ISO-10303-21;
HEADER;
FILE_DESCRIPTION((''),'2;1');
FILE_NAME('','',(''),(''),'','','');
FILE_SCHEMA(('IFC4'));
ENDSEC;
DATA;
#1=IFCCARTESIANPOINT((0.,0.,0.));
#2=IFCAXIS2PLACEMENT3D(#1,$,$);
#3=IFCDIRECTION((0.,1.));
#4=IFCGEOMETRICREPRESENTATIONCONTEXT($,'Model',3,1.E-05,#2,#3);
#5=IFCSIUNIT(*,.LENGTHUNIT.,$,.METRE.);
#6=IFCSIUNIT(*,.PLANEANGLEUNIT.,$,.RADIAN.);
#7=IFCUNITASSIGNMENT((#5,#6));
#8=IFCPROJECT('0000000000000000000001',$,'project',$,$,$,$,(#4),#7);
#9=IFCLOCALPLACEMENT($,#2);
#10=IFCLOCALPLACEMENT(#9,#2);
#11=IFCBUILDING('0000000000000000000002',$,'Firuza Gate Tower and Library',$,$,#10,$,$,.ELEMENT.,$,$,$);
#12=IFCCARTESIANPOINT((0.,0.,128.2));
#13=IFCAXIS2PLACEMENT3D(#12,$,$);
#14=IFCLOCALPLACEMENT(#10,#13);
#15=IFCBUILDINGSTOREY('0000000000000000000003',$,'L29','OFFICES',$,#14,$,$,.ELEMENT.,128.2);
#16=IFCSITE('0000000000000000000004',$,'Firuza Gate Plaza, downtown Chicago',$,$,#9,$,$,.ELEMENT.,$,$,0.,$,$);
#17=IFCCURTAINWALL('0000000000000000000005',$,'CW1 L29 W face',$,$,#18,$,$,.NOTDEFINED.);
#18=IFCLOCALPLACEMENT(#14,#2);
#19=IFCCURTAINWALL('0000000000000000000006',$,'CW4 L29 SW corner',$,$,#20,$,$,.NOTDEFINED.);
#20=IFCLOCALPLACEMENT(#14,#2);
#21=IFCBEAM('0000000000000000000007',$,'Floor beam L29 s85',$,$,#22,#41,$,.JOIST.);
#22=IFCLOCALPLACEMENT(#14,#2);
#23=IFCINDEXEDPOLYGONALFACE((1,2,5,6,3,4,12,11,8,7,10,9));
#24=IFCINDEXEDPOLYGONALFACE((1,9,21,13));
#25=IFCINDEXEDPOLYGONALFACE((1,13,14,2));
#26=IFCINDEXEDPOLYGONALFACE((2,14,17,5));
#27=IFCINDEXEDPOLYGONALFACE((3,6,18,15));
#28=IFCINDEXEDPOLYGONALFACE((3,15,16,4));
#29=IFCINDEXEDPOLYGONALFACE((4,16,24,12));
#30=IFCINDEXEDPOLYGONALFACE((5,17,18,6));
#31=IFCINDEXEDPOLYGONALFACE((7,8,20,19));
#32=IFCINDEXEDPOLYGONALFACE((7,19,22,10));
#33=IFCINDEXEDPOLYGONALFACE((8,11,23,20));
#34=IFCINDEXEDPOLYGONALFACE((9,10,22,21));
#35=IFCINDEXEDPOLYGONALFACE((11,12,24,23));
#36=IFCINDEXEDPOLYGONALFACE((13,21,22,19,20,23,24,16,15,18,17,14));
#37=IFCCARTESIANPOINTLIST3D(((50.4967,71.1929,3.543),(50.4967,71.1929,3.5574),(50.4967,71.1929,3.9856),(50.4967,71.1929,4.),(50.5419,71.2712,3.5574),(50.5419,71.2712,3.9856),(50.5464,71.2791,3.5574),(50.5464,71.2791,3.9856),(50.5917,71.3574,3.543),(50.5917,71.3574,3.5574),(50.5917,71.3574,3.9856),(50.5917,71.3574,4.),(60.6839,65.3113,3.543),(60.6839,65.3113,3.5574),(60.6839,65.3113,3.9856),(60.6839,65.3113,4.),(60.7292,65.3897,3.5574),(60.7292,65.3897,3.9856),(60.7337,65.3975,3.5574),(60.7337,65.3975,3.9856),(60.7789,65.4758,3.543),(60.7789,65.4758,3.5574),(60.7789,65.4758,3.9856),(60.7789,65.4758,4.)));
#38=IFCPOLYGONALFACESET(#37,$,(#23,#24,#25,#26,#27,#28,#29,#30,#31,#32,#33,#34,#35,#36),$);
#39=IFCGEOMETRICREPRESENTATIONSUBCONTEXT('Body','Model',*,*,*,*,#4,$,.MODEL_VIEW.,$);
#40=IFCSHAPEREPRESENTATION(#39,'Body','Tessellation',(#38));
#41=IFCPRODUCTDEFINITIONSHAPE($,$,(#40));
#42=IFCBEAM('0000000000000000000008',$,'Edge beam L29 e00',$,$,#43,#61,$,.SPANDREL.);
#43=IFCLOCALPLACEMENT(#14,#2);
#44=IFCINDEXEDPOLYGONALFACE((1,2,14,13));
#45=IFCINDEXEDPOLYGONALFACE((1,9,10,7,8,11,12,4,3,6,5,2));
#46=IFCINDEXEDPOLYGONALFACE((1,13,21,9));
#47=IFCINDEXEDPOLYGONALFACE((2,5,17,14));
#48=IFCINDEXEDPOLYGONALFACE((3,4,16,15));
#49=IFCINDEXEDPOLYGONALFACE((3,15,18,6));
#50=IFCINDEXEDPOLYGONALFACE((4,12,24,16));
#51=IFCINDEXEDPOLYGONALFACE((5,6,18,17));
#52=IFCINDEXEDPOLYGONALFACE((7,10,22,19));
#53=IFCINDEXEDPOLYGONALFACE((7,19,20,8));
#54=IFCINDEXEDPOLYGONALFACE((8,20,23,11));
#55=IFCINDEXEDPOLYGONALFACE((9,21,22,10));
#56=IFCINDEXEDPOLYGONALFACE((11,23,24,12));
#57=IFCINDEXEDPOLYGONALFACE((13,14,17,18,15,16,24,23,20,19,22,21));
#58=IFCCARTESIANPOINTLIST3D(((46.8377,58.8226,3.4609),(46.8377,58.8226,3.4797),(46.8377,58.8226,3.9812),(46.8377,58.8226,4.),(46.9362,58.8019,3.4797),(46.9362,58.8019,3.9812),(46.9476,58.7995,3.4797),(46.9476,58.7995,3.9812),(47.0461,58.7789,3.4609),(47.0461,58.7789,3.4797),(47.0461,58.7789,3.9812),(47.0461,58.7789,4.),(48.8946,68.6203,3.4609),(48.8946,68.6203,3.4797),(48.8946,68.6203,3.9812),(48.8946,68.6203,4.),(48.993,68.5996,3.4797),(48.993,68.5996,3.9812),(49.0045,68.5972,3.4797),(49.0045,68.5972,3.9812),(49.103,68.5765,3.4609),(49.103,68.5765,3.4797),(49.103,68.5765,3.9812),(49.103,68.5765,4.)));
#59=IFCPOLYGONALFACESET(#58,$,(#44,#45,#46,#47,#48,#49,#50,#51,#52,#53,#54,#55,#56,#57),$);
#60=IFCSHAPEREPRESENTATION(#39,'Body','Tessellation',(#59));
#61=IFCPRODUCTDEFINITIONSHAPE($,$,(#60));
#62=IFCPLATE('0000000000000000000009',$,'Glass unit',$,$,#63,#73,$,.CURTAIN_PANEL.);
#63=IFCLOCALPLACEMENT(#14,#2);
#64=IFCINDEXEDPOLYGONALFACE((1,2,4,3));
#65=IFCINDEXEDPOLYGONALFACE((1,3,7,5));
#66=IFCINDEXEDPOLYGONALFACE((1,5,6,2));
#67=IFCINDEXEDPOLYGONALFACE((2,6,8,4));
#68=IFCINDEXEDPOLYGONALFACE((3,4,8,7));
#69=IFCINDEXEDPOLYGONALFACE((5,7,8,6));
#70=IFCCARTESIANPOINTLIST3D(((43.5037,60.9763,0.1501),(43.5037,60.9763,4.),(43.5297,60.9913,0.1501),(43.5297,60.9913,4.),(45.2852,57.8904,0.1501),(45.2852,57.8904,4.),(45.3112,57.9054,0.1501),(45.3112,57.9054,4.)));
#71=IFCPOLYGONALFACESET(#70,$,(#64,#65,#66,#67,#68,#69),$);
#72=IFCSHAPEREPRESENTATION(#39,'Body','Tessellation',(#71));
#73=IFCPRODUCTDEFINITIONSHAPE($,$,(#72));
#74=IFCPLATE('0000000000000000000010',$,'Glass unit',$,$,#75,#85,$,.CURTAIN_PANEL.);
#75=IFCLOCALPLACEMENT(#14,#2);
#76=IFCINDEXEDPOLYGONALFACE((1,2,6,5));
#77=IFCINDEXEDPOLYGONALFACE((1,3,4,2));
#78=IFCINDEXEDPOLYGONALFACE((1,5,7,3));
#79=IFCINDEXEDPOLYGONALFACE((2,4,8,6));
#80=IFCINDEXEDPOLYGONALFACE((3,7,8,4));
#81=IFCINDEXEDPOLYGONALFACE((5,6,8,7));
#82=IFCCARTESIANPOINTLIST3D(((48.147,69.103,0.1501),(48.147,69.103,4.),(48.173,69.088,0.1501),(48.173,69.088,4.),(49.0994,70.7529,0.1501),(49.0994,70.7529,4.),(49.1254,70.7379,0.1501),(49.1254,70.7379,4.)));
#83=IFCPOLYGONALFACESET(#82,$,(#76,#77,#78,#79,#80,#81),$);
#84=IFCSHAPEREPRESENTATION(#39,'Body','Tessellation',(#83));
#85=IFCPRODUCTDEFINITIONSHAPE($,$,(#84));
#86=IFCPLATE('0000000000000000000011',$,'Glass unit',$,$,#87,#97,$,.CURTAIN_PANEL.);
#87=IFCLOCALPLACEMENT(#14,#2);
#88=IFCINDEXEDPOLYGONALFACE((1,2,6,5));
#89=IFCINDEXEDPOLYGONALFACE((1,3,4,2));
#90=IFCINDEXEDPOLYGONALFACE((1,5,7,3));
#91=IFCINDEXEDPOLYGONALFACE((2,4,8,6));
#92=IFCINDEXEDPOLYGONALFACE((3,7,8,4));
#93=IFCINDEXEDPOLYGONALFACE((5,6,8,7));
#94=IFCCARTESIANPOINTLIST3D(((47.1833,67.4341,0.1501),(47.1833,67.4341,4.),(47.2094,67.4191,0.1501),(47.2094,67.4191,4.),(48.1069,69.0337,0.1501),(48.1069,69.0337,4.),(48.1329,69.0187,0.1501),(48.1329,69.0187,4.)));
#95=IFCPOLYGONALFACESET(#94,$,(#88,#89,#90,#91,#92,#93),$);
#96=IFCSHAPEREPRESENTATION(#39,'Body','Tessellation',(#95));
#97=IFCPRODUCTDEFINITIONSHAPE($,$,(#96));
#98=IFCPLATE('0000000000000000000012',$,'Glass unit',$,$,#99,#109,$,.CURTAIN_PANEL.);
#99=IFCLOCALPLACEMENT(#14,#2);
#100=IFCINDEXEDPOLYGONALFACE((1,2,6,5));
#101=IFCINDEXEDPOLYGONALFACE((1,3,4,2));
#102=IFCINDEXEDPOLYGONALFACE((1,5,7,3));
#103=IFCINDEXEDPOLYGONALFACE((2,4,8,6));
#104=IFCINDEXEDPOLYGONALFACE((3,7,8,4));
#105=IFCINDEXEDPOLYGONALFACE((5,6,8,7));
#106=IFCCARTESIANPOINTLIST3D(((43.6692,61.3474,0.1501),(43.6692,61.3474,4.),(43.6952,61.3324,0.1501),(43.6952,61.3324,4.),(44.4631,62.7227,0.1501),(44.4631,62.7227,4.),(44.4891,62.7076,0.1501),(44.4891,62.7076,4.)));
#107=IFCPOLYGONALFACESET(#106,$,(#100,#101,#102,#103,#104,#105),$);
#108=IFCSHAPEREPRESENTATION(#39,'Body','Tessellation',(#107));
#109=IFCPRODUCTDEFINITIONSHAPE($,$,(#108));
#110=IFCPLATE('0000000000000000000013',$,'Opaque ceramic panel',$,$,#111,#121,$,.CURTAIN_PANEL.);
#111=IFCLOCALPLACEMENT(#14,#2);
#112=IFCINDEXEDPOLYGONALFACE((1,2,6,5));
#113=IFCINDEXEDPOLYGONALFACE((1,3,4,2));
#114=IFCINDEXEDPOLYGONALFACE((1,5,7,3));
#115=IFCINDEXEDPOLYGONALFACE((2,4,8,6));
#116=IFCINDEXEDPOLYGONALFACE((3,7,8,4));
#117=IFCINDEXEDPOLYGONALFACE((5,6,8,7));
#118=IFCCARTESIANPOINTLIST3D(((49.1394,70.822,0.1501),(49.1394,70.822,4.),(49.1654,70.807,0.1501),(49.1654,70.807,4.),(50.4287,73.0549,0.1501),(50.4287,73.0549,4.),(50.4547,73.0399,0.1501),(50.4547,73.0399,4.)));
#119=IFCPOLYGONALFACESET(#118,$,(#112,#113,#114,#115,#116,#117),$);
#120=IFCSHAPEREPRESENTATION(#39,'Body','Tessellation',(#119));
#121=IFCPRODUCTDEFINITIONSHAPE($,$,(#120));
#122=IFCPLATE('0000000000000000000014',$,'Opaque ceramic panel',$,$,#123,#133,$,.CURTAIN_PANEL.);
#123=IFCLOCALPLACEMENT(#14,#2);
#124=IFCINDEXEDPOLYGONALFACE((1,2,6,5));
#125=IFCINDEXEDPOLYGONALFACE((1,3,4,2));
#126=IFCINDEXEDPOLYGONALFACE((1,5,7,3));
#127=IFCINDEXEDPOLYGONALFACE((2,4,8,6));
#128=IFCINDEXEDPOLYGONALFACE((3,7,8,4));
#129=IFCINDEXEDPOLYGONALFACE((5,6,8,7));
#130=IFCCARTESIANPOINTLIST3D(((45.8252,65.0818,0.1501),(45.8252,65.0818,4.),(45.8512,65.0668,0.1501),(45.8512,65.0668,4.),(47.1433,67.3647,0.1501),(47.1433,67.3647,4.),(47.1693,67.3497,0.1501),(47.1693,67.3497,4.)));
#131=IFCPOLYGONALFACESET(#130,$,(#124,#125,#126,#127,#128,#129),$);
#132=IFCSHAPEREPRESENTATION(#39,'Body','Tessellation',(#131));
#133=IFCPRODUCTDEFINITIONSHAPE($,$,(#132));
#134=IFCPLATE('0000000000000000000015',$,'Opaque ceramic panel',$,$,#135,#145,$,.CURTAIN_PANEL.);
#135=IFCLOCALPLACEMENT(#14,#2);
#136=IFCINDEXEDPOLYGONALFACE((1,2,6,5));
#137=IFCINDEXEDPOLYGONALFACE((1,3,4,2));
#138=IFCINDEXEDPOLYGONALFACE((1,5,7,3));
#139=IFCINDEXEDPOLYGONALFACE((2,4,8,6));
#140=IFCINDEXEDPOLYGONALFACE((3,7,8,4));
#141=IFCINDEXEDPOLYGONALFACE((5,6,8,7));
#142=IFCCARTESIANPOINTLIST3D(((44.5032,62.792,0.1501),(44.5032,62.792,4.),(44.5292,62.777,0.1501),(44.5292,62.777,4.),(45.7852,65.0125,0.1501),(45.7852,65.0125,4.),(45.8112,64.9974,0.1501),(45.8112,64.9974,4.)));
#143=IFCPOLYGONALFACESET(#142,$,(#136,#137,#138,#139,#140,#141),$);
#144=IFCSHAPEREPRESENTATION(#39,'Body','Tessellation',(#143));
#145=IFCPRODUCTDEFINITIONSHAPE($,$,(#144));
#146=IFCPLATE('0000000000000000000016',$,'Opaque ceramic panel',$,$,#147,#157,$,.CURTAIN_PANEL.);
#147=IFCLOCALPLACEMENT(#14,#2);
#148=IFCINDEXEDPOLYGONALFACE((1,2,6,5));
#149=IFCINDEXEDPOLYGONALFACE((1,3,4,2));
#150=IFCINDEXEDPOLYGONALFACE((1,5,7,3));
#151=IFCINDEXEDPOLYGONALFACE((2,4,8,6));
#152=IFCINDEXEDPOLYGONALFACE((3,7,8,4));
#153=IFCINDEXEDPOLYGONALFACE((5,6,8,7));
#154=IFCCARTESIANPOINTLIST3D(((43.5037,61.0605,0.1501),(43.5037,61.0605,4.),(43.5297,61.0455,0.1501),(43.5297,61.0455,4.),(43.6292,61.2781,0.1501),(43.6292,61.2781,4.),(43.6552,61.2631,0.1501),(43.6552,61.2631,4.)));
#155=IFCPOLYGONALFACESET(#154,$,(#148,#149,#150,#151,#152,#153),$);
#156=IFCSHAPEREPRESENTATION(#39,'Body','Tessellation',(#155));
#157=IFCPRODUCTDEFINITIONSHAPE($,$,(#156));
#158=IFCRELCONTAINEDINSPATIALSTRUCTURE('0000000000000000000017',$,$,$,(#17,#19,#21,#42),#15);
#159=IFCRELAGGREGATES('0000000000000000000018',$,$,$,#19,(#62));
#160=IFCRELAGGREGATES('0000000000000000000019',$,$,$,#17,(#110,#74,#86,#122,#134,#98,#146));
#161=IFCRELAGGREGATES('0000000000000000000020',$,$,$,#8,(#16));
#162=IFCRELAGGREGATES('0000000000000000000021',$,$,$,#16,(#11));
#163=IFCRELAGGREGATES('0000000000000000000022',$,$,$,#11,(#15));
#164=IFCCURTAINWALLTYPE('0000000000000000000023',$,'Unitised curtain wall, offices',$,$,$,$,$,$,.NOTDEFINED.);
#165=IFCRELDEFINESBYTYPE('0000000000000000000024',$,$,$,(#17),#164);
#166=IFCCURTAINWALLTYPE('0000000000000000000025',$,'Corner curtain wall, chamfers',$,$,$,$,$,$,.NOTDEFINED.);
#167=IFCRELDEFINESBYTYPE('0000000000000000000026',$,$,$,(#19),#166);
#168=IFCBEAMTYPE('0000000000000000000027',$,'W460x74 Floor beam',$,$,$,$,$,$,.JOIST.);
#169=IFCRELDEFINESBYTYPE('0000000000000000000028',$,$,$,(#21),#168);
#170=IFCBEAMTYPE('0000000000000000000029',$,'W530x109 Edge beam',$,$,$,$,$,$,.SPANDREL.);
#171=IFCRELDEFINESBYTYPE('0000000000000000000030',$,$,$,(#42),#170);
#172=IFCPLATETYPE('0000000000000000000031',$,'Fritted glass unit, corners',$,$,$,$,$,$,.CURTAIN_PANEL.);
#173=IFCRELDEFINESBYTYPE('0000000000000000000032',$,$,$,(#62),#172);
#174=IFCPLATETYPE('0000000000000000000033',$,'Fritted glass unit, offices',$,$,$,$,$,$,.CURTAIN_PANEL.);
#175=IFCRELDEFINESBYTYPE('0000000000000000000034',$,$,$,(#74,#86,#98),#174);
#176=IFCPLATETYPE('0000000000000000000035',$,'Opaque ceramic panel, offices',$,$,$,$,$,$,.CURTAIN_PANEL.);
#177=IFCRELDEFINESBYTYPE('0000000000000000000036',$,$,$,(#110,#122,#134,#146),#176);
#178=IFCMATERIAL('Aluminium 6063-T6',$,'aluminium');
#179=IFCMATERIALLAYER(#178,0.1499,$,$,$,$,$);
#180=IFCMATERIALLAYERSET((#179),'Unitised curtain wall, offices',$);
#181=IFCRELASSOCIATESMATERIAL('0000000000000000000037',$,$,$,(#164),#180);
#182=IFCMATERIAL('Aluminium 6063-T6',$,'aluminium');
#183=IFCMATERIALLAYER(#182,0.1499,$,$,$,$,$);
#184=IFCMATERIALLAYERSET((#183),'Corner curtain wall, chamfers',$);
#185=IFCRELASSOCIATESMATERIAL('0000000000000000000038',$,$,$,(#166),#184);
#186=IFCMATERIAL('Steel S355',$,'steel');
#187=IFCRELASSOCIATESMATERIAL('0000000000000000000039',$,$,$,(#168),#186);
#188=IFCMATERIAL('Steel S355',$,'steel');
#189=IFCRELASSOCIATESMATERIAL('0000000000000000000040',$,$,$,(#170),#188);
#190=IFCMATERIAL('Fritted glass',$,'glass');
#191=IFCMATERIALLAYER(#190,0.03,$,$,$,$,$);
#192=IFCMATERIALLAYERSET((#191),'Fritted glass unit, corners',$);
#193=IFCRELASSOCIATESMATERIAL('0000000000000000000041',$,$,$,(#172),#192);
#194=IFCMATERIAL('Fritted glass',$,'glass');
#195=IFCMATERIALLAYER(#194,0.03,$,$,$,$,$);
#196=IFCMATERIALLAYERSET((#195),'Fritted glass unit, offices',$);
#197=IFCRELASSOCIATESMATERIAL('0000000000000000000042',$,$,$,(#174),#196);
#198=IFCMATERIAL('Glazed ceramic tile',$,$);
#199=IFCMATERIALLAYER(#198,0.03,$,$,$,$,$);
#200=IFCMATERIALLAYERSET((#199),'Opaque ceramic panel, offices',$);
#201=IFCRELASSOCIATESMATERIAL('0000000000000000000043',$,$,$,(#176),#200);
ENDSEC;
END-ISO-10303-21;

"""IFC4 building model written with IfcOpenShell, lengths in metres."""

from ifc_helpers import new_model, si_unit, direction, frame, origin, origin_2d, place, context, subcontext, project, spatial, polyline, i_section, outline, extrude, material, layer, layer_set, material_profile, profile_set, type_object, element, aggregate, save


model = new_model("IFC4")

# Units and contexts
model_context = context("Model", 3, precision=1e-05, world=origin(), true_north=direction((0.0, 1.0)))
body_context = subcontext(model_context, "Body", "Model", "MODEL_VIEW")
ifc_project = project(units=[si_unit("LENGTHUNIT", "METRE"), si_unit("PLANEANGLEUNIT", "RADIAN")], contexts=[model_context])

# Site, building, storey
site_placement = place(None, origin())
site = spatial("IfcSite", under=ifc_project, at=site_placement, Name="Firuza Gate Plaza, downtown Chicago", CompositionType="ELEMENT", RefElevation=0.0)
building_placement = place(site_placement, origin())
building = spatial("IfcBuilding", under=site, at=building_placement, Name="Firuza Gate Tower and Library", CompositionType="ELEMENT")
storey_placement = place(building_placement, frame((0.0, 0.0, 128.2)))
storey = spatial("IfcBuildingStorey", under=building, at=storey_placement, Name="L29", Description="OFFICES", CompositionType="ELEMENT", Elevation=128.2)

# Curtain walls
ifc_material_1 = material(Name="Aluminium 6063-T6", Category="aluminium")
ifc_layer_1 = layer(ifc_material_1, 0.1499)
ifc_layer_set_1 = layer_set([ifc_layer_1], Name="Unitised curtain wall, offices")
curtain_wall_type_1 = type_object("IfcCurtainWallType", Name="Unitised curtain wall, offices", PredefinedType="NOTDEFINED", material=ifc_layer_set_1)
placement = place(storey_placement, origin())
curtain_wall_1 = element("IfcCurtainWall", 1, at=placement, inside=storey, type_object=curtain_wall_type_1, Name="CW1 L29 W face", PredefinedType="NOTDEFINED")
ifc_material_2 = material(Name="Aluminium 6063-T6", Category="aluminium")
ifc_layer_2 = layer(ifc_material_2, 0.1499)
ifc_layer_set_2 = layer_set([ifc_layer_2], Name="Corner curtain wall, chamfers")
curtain_wall_type_2 = type_object("IfcCurtainWallType", Name="Corner curtain wall, chamfers", PredefinedType="NOTDEFINED", material=ifc_layer_set_2)
curtain_wall_2 = element("IfcCurtainWall", 2, at=placement, inside=storey, type_object=curtain_wall_type_2, Name="CW4 L29 SW corner", PredefinedType="NOTDEFINED")

# Beams
ifc_material_3 = material(Name="Steel S355", Category="steel")
ifc_material_profile_1 = material_profile(ifc_material_3, i_section(OverallWidth=0.1899, OverallDepth=0.457, WebThickness=0.009, FlangeThickness=0.0144, at=origin_2d()))
ifc_profile_set_1 = profile_set([ifc_material_profile_1], Name="Steel S355")
beam_type_1 = type_object("IfcBeamType", Name="W460x74 Floor beam", PredefinedType="JOIST", material=ifc_profile_set_1)
beam_1_placement = place(storey_placement, frame((50.5442, 71.2751, 3.7715), z_axis=(0.866026, -0.499999, 0.0), x_axis=(0.499999, 0.866026, 0.0)))
element("IfcBeam", 3, at=beam_1_placement, inside=storey, type_object=beam_type_1, Name="Floor beam L29 s85", PredefinedType="JOIST", context=body_context, shape_type="SweptSolid", body=[
    extrude(i_section(OverallWidth=0.1899, OverallDepth=0.457, WebThickness=0.009, FlangeThickness=0.0144, at=origin_2d()), origin(), (0.0, 0.0, 1.0), 11.7632),
])
ifc_material_4 = material(Name="Steel S355", Category="steel")
ifc_material_profile_2 = material_profile(ifc_material_4, i_section(OverallWidth=0.2129, OverallDepth=0.5391, WebThickness=0.0117, FlangeThickness=0.0188, at=origin_2d()))
ifc_profile_set_2 = profile_set([ifc_material_profile_2], Name="Steel S355")
beam_type_2 = type_object("IfcBeamType", Name="W530x109 Edge beam", PredefinedType="SPANDREL", material=ifc_profile_set_2)
beam_2_placement = place(storey_placement, frame((48.9988, 68.5984, 3.7305), z_axis=(-0.205459, -0.978666, 0.0), x_axis=(0.978666, -0.205459, 0.0)))
element("IfcBeam", 4, at=beam_2_placement, inside=storey, type_object=beam_type_2, Name="Edge beam L29 e00", PredefinedType="SPANDREL", context=body_context, shape_type="SweptSolid", body=[
    extrude(i_section(OverallWidth=0.2129, OverallDepth=0.5391, WebThickness=0.0117, FlangeThickness=0.0188, at=origin_2d()), origin(), (0.0, 0.0, 1.0), 10.0112),
])

# Plates
ifc_material_5 = material(Name="Fritted glass", Category="glass")
ifc_layer_3 = layer(ifc_material_5, 0.03)
ifc_layer_set_3 = layer_set([ifc_layer_3], Name="Fritted glass unit, corners")
plate_type_1 = type_object("IfcPlateType", Name="Fritted glass unit, corners", PredefinedType="CURTAIN_PANEL", material=ifc_layer_set_3)
plate_1_placement = place(storey_placement, frame((43.5037, 60.9763, 0.1501), z_axis=(-0.866046, -0.499964, 0.0), x_axis=(0.499964, -0.866046, 0.0)))
plate_1 = element("IfcPlate", 5, at=plate_1_placement, type_object=plate_type_1, Name="Glass unit", PredefinedType="CURTAIN_PANEL", context=body_context, shape_type="SweptSolid", body=[
    extrude(outline(polyline([(0.0, 0.0), (3.5632, 0.0), (3.5632, 3.8499), (0.0, 3.8499), (0.0, 0.0)])), origin(), (0.0, 0.0, -1.0), 0.03),
])
aggregate(curtain_wall_2, [plate_1])
ifc_material_6 = material(Name="Fritted glass", Category="glass")
ifc_layer_4 = layer(ifc_material_6, 0.03)
ifc_layer_set_4 = layer_set([ifc_layer_4], Name="Fritted glass unit, offices")
plate_type_2 = type_object("IfcPlateType", Name="Fritted glass unit, offices", PredefinedType="CURTAIN_PANEL", material=ifc_layer_set_4)
plate_2_placement = place(storey_placement, frame((49.0994, 70.7529, 0.1501), z_axis=(-0.866066, 0.49993, 0.0), x_axis=(-0.49993, -0.866066, 0.0)))
plate_2 = element("IfcPlate", 6, at=plate_2_placement, type_object=plate_type_2, Name="Glass unit", PredefinedType="CURTAIN_PANEL", context=body_context, shape_type="SweptSolid", body=[
    extrude(outline(polyline([(0.0, 0.0), (1.9051, 0.0), (1.9051, 3.8499), (0.0, 3.8499), (0.0, 0.0)])), origin(), (0.0, 0.0, -1.0), 0.03),
])
plate_3_placement = place(storey_placement, frame((48.1069, 69.0337, 0.1501), z_axis=(-0.866014, 0.50002, 0.0), x_axis=(-0.50002, -0.866014, 0.0)))
plate_3 = element("IfcPlate", 7, at=plate_3_placement, type_object=plate_type_2, Name="Glass unit", PredefinedType="CURTAIN_PANEL", context=body_context, shape_type="SweptSolid", body=[
    extrude(outline(polyline([(0.0, 0.0), (1.8471, 0.0), (1.8471, 3.8499), (0.0, 3.8499), (0.0, 0.0)])), origin(), (0.0, 0.0, -1.0), 0.03),
])
plate_4_placement = place(storey_placement, frame((44.4631, 62.7227, 0.1501), z_axis=(-0.86604, 0.499975, 0.0), x_axis=(-0.499975, -0.86604, 0.0)))
plate_4 = element("IfcPlate", 8, at=plate_4_placement, type_object=plate_type_2, Name="Glass unit", PredefinedType="CURTAIN_PANEL", context=body_context, shape_type="SweptSolid", body=[
    extrude(outline(polyline([(0.0, 0.0), (1.588, 0.0), (1.588, 3.8499), (0.0, 3.8499), (0.0, 0.0)])), origin(), (0.0, 0.0, -1.0), 0.03),
])
ifc_material_7 = material(Name="Glazed ceramic tile")
ifc_layer_5 = layer(ifc_material_7, 0.03)
ifc_layer_set_5 = layer_set([ifc_layer_5], Name="Opaque ceramic panel, offices")
plate_type_3 = type_object("IfcPlateType", Name="Opaque ceramic panel, offices", PredefinedType="CURTAIN_PANEL", material=ifc_layer_set_5)
plate_5_placement = place(storey_placement, frame((50.4287, 73.0549, 0.1501), z_axis=(-0.866003, 0.500039, 0.0), x_axis=(-0.500039, -0.866003, 0.0)))
plate_5 = element("IfcPlate", 9, at=plate_5_placement, type_object=plate_type_3, Name="Opaque ceramic panel", PredefinedType="CURTAIN_PANEL", context=body_context, shape_type="SweptSolid", body=[
    extrude(outline(polyline([(0.0, 0.0), (2.5784, 0.0), (2.5784, 3.8499), (0.0, 3.8499), (0.0, 0.0)])), origin(), (0.0, 0.0, -1.0), 0.03),
])
plate_6_placement = place(storey_placement, frame((47.1433, 67.3647, 0.1501), z_axis=(-0.866017, 0.500014, 0.0), x_axis=(-0.500014, -0.866017, 0.0)))
plate_6 = element("IfcPlate", 10, at=plate_6_placement, type_object=plate_type_3, Name="Opaque ceramic panel", PredefinedType="CURTAIN_PANEL", context=body_context, shape_type="SweptSolid", body=[
    extrude(outline(polyline([(0.0, 0.0), (2.6362, 0.0), (2.6362, 3.8499), (0.0, 3.8499), (0.0, 0.0)])), origin(), (0.0, 0.0, -1.0), 0.03),
])
plate_7_placement = place(storey_placement, frame((45.7852, 65.0125, 0.1501), z_axis=(-0.866025, 0.5, 0.0), x_axis=(-0.5, -0.866025, 0.0)))
plate_7 = element("IfcPlate", 11, at=plate_7_placement, type_object=plate_type_3, Name="Opaque ceramic panel", PredefinedType="CURTAIN_PANEL", context=body_context, shape_type="SweptSolid", body=[
    extrude(outline(polyline([(0.0, 0.0), (2.564, 0.0), (2.564, 3.8499), (0.0, 3.8499), (0.0, 0.0)])), origin(), (0.0, 0.0, -1.0), 0.03),
])
plate_8_placement = place(storey_placement, frame((43.6292, 61.2781, 0.1501), z_axis=(-0.866202, 0.499694, 0.0), x_axis=(-0.499694, -0.866202, 0.0)))
plate_8 = element("IfcPlate", 12, at=plate_8_placement, type_object=plate_type_3, Name="Opaque ceramic panel", PredefinedType="CURTAIN_PANEL", context=body_context, shape_type="SweptSolid", body=[
    extrude(outline(polyline([(0.0, 0.0), (0.2511, 0.0), (0.2511, 3.8499), (0.0, 3.8499), (0.0, 0.0)])), origin(), (0.0, 0.0, -1.0), 0.03),
])
aggregate(curtain_wall_1, [plate_5, plate_2, plate_3, plate_6, plate_7, plate_4, plate_8])

save(model, "model.ifc")
